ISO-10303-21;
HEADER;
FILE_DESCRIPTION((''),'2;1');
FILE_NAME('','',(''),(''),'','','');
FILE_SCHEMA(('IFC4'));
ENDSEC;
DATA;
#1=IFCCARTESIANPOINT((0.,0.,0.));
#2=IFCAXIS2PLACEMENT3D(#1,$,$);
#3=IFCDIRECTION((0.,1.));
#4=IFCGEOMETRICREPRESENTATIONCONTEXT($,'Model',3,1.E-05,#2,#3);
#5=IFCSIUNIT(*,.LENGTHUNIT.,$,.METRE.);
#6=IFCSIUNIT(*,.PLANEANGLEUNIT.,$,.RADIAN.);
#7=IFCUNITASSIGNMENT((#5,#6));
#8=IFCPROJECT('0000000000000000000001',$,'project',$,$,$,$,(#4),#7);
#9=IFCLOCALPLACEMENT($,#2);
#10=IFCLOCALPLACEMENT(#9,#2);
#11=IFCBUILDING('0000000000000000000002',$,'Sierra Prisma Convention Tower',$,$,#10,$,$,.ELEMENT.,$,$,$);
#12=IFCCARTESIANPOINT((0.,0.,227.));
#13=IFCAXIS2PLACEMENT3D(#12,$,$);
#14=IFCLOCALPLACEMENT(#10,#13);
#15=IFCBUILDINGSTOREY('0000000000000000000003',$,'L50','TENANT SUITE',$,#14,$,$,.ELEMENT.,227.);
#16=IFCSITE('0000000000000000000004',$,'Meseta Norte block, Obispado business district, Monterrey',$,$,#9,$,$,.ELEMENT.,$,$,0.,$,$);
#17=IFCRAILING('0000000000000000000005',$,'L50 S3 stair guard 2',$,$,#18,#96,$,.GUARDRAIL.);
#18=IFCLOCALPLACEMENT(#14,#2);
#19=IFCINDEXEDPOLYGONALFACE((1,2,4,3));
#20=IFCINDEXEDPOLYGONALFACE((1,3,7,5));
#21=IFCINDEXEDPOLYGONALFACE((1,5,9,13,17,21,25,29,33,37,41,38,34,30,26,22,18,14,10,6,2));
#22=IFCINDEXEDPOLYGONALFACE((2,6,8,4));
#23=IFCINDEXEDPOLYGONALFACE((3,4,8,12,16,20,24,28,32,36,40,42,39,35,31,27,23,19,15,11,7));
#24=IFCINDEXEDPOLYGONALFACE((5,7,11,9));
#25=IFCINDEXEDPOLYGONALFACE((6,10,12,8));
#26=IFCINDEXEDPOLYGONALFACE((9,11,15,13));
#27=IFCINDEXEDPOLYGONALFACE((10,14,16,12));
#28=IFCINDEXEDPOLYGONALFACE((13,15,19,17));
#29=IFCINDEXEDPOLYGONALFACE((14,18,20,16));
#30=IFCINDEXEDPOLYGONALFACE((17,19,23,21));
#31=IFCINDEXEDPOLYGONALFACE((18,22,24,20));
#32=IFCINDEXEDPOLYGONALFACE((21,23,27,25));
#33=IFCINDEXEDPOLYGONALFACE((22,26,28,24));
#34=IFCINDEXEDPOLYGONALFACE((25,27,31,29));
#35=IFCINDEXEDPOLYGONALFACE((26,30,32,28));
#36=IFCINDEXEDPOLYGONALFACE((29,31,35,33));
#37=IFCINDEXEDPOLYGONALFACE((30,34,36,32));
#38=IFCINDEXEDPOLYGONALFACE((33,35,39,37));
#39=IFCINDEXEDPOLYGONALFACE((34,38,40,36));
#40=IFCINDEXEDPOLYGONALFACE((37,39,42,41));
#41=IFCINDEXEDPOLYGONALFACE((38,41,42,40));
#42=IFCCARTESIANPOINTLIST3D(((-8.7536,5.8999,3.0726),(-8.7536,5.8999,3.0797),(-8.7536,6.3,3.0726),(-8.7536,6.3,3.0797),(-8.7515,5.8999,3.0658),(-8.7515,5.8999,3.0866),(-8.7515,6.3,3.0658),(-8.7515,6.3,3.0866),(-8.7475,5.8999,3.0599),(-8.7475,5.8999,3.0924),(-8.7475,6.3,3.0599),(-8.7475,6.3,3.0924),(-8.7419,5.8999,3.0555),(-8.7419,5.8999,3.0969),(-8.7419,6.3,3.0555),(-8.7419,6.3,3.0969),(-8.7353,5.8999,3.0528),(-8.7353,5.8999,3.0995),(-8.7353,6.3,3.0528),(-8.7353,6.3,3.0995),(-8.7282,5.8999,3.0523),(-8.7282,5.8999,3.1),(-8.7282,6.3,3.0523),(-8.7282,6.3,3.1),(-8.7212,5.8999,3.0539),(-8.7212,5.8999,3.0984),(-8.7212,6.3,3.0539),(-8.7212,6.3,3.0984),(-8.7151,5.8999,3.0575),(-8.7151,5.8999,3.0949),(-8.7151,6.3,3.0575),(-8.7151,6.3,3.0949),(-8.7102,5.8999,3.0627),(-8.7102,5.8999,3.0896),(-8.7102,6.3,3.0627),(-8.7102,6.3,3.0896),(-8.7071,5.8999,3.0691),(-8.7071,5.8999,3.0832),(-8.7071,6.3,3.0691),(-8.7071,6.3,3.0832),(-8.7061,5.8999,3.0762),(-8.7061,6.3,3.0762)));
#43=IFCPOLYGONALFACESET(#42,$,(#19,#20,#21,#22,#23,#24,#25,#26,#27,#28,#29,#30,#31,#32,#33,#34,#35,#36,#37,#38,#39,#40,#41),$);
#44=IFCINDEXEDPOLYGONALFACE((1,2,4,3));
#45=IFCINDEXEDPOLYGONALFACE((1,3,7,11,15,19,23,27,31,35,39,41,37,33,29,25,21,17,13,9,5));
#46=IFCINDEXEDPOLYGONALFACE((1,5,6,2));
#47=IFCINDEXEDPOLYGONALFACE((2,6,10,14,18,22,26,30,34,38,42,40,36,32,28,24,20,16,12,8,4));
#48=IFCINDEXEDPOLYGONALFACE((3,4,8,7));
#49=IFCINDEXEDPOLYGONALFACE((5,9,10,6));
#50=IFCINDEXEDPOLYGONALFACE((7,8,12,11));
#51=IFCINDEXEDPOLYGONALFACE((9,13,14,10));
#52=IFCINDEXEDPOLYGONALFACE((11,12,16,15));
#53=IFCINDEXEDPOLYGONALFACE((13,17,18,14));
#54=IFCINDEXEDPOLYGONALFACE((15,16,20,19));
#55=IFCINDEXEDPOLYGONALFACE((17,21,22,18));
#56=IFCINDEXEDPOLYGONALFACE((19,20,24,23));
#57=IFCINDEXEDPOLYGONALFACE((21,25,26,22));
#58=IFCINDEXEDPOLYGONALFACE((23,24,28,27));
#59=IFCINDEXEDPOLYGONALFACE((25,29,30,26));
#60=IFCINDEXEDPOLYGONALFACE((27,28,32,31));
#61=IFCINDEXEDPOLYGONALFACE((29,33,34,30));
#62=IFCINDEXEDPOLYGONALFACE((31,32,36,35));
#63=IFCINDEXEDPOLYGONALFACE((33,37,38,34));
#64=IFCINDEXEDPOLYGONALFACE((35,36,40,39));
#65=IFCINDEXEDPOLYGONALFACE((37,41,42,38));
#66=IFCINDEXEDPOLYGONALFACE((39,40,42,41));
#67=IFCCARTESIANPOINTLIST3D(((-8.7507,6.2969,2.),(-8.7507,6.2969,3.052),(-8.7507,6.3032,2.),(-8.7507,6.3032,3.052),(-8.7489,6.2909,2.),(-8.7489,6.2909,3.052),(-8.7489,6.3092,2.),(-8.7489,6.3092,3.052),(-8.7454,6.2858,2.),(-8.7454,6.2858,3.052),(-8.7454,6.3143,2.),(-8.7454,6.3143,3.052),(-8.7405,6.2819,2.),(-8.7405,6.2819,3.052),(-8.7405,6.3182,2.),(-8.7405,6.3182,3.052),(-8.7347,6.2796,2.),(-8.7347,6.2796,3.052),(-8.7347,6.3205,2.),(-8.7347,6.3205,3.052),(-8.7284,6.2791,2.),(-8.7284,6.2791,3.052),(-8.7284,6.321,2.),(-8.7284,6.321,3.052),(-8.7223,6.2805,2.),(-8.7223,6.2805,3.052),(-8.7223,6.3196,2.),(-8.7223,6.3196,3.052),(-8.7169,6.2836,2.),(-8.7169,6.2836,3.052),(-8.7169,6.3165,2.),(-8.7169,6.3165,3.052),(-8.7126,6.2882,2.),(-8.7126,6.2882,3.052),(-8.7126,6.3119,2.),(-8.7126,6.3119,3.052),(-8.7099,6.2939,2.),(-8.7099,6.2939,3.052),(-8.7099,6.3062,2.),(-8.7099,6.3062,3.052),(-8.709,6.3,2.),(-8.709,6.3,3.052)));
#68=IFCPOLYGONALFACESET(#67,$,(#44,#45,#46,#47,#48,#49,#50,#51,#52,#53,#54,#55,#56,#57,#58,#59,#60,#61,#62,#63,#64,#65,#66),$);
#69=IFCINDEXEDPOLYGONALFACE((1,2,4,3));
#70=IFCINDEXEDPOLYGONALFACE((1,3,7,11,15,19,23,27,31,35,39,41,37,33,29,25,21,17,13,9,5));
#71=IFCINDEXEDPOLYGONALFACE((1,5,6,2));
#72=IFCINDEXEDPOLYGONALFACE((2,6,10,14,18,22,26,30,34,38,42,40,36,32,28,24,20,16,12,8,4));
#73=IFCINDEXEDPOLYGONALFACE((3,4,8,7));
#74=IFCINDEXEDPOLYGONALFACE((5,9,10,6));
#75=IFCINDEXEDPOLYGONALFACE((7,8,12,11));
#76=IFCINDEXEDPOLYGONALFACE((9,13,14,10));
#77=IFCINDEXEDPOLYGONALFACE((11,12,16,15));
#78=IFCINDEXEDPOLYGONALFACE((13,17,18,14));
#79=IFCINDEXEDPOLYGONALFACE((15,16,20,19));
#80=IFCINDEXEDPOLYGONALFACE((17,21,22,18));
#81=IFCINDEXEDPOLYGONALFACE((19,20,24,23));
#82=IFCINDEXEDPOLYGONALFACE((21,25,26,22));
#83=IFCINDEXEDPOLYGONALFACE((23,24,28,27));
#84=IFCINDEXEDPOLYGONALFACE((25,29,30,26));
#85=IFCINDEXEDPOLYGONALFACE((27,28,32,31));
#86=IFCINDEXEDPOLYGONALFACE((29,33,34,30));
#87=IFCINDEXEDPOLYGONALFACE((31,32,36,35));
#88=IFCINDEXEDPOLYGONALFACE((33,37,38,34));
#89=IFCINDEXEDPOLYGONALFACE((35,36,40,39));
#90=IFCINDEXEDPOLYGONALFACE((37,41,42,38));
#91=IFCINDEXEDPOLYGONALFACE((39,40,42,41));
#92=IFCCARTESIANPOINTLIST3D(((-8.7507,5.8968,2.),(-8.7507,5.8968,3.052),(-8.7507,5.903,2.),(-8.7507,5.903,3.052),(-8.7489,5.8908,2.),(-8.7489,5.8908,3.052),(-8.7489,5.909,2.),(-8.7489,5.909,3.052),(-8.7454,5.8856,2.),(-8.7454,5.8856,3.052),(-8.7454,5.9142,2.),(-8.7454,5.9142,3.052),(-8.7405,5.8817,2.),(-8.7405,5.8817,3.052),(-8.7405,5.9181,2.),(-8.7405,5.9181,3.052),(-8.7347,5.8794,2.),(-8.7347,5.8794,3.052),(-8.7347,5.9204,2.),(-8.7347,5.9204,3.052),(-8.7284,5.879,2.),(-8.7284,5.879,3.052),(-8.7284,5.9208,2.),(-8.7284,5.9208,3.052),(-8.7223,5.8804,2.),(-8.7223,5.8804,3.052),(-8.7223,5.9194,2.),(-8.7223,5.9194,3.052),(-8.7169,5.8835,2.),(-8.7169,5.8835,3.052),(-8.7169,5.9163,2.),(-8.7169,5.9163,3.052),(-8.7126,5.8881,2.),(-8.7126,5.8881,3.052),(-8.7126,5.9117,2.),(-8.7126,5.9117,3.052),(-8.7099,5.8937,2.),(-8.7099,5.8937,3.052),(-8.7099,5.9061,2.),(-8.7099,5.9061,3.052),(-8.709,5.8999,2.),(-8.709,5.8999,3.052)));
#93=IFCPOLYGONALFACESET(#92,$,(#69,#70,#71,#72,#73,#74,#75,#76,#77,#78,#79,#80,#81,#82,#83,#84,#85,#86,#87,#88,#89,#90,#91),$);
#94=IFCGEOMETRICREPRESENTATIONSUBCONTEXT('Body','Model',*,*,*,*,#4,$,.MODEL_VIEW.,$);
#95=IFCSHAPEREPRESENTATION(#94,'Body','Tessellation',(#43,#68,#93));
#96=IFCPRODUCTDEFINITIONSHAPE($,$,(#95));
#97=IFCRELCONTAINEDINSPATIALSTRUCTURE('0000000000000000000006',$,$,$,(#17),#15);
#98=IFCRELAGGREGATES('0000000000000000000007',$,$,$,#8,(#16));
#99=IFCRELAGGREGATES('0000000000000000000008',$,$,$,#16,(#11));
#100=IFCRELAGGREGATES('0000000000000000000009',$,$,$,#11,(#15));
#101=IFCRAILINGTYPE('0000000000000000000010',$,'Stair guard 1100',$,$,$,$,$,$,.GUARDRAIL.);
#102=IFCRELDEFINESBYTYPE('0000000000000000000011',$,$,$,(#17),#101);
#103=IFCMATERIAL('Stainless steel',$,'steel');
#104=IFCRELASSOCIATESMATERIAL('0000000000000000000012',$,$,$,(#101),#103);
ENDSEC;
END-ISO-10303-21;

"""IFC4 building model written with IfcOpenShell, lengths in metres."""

from ifc_helpers import new_model, si_unit, direction, frame, origin, origin_2d, place, context, subcontext, project, spatial, circle, extrude, material, type_object, element, save


model = new_model("IFC4")

# Units and contexts
model_context = context("Model", 3, precision=1e-05, world=origin(), true_north=direction((0.0, 1.0)))
body_context = subcontext(model_context, "Body", "Model", "MODEL_VIEW")
ifc_project = project(units=[si_unit("LENGTHUNIT", "METRE"), si_unit("PLANEANGLEUNIT", "RADIAN")], contexts=[model_context])

# Site, building, storey
site_placement = place(None, origin())
site = spatial("IfcSite", under=ifc_project, at=site_placement, Name="Meseta Norte block, Obispado business district, Monterrey", CompositionType="ELEMENT", RefElevation=0.0)
building_placement = place(site_placement, origin())
building = spatial("IfcBuilding", under=site, at=building_placement, Name="Sierra Prisma Convention Tower", CompositionType="ELEMENT")
storey_placement = place(building_placement, frame((0.0, 0.0, 227.0)))
storey = spatial("IfcBuildingStorey", under=building, at=storey_placement, Name="L50", Description="TENANT SUITE", CompositionType="ELEMENT", Elevation=227.0)

# Railing
ifc_material_1 = material(Name="Stainless steel", Category="steel")
railing_type_1 = type_object("IfcRailingType", Name="Stair guard 1100", PredefinedType="GUARDRAIL", material=ifc_material_1)
railing_1_placement = place(storey_placement, frame((-8.73, 6.3, 2.0)))
element("IfcRailing", 1, at=railing_1_placement, inside=storey, type_object=railing_type_1, Name="L50 S3 stair guard 2", PredefinedType="GUARDRAIL", context=body_context, shape_type="SweptSolid", body=[
    extrude(circle(Radius=0.0239, at=origin_2d()), frame((0.0, 0.0, 1.0762), z_axis=(0.0, -1.0, 0.0), x_axis=(1.0, 0.0, 0.0)), (0.0, 0.0, 1.0), 0.4001),
    extrude(circle(Radius=0.021, at=origin_2d()), origin(), (0.0, 0.0, 1.0), 1.052),
    extrude(circle(Radius=0.021, at=origin_2d()), frame((0.0, -0.4001, 0.0)), (0.0, 0.0, 1.0), 1.052),
])

save(model, "model.ifc")
